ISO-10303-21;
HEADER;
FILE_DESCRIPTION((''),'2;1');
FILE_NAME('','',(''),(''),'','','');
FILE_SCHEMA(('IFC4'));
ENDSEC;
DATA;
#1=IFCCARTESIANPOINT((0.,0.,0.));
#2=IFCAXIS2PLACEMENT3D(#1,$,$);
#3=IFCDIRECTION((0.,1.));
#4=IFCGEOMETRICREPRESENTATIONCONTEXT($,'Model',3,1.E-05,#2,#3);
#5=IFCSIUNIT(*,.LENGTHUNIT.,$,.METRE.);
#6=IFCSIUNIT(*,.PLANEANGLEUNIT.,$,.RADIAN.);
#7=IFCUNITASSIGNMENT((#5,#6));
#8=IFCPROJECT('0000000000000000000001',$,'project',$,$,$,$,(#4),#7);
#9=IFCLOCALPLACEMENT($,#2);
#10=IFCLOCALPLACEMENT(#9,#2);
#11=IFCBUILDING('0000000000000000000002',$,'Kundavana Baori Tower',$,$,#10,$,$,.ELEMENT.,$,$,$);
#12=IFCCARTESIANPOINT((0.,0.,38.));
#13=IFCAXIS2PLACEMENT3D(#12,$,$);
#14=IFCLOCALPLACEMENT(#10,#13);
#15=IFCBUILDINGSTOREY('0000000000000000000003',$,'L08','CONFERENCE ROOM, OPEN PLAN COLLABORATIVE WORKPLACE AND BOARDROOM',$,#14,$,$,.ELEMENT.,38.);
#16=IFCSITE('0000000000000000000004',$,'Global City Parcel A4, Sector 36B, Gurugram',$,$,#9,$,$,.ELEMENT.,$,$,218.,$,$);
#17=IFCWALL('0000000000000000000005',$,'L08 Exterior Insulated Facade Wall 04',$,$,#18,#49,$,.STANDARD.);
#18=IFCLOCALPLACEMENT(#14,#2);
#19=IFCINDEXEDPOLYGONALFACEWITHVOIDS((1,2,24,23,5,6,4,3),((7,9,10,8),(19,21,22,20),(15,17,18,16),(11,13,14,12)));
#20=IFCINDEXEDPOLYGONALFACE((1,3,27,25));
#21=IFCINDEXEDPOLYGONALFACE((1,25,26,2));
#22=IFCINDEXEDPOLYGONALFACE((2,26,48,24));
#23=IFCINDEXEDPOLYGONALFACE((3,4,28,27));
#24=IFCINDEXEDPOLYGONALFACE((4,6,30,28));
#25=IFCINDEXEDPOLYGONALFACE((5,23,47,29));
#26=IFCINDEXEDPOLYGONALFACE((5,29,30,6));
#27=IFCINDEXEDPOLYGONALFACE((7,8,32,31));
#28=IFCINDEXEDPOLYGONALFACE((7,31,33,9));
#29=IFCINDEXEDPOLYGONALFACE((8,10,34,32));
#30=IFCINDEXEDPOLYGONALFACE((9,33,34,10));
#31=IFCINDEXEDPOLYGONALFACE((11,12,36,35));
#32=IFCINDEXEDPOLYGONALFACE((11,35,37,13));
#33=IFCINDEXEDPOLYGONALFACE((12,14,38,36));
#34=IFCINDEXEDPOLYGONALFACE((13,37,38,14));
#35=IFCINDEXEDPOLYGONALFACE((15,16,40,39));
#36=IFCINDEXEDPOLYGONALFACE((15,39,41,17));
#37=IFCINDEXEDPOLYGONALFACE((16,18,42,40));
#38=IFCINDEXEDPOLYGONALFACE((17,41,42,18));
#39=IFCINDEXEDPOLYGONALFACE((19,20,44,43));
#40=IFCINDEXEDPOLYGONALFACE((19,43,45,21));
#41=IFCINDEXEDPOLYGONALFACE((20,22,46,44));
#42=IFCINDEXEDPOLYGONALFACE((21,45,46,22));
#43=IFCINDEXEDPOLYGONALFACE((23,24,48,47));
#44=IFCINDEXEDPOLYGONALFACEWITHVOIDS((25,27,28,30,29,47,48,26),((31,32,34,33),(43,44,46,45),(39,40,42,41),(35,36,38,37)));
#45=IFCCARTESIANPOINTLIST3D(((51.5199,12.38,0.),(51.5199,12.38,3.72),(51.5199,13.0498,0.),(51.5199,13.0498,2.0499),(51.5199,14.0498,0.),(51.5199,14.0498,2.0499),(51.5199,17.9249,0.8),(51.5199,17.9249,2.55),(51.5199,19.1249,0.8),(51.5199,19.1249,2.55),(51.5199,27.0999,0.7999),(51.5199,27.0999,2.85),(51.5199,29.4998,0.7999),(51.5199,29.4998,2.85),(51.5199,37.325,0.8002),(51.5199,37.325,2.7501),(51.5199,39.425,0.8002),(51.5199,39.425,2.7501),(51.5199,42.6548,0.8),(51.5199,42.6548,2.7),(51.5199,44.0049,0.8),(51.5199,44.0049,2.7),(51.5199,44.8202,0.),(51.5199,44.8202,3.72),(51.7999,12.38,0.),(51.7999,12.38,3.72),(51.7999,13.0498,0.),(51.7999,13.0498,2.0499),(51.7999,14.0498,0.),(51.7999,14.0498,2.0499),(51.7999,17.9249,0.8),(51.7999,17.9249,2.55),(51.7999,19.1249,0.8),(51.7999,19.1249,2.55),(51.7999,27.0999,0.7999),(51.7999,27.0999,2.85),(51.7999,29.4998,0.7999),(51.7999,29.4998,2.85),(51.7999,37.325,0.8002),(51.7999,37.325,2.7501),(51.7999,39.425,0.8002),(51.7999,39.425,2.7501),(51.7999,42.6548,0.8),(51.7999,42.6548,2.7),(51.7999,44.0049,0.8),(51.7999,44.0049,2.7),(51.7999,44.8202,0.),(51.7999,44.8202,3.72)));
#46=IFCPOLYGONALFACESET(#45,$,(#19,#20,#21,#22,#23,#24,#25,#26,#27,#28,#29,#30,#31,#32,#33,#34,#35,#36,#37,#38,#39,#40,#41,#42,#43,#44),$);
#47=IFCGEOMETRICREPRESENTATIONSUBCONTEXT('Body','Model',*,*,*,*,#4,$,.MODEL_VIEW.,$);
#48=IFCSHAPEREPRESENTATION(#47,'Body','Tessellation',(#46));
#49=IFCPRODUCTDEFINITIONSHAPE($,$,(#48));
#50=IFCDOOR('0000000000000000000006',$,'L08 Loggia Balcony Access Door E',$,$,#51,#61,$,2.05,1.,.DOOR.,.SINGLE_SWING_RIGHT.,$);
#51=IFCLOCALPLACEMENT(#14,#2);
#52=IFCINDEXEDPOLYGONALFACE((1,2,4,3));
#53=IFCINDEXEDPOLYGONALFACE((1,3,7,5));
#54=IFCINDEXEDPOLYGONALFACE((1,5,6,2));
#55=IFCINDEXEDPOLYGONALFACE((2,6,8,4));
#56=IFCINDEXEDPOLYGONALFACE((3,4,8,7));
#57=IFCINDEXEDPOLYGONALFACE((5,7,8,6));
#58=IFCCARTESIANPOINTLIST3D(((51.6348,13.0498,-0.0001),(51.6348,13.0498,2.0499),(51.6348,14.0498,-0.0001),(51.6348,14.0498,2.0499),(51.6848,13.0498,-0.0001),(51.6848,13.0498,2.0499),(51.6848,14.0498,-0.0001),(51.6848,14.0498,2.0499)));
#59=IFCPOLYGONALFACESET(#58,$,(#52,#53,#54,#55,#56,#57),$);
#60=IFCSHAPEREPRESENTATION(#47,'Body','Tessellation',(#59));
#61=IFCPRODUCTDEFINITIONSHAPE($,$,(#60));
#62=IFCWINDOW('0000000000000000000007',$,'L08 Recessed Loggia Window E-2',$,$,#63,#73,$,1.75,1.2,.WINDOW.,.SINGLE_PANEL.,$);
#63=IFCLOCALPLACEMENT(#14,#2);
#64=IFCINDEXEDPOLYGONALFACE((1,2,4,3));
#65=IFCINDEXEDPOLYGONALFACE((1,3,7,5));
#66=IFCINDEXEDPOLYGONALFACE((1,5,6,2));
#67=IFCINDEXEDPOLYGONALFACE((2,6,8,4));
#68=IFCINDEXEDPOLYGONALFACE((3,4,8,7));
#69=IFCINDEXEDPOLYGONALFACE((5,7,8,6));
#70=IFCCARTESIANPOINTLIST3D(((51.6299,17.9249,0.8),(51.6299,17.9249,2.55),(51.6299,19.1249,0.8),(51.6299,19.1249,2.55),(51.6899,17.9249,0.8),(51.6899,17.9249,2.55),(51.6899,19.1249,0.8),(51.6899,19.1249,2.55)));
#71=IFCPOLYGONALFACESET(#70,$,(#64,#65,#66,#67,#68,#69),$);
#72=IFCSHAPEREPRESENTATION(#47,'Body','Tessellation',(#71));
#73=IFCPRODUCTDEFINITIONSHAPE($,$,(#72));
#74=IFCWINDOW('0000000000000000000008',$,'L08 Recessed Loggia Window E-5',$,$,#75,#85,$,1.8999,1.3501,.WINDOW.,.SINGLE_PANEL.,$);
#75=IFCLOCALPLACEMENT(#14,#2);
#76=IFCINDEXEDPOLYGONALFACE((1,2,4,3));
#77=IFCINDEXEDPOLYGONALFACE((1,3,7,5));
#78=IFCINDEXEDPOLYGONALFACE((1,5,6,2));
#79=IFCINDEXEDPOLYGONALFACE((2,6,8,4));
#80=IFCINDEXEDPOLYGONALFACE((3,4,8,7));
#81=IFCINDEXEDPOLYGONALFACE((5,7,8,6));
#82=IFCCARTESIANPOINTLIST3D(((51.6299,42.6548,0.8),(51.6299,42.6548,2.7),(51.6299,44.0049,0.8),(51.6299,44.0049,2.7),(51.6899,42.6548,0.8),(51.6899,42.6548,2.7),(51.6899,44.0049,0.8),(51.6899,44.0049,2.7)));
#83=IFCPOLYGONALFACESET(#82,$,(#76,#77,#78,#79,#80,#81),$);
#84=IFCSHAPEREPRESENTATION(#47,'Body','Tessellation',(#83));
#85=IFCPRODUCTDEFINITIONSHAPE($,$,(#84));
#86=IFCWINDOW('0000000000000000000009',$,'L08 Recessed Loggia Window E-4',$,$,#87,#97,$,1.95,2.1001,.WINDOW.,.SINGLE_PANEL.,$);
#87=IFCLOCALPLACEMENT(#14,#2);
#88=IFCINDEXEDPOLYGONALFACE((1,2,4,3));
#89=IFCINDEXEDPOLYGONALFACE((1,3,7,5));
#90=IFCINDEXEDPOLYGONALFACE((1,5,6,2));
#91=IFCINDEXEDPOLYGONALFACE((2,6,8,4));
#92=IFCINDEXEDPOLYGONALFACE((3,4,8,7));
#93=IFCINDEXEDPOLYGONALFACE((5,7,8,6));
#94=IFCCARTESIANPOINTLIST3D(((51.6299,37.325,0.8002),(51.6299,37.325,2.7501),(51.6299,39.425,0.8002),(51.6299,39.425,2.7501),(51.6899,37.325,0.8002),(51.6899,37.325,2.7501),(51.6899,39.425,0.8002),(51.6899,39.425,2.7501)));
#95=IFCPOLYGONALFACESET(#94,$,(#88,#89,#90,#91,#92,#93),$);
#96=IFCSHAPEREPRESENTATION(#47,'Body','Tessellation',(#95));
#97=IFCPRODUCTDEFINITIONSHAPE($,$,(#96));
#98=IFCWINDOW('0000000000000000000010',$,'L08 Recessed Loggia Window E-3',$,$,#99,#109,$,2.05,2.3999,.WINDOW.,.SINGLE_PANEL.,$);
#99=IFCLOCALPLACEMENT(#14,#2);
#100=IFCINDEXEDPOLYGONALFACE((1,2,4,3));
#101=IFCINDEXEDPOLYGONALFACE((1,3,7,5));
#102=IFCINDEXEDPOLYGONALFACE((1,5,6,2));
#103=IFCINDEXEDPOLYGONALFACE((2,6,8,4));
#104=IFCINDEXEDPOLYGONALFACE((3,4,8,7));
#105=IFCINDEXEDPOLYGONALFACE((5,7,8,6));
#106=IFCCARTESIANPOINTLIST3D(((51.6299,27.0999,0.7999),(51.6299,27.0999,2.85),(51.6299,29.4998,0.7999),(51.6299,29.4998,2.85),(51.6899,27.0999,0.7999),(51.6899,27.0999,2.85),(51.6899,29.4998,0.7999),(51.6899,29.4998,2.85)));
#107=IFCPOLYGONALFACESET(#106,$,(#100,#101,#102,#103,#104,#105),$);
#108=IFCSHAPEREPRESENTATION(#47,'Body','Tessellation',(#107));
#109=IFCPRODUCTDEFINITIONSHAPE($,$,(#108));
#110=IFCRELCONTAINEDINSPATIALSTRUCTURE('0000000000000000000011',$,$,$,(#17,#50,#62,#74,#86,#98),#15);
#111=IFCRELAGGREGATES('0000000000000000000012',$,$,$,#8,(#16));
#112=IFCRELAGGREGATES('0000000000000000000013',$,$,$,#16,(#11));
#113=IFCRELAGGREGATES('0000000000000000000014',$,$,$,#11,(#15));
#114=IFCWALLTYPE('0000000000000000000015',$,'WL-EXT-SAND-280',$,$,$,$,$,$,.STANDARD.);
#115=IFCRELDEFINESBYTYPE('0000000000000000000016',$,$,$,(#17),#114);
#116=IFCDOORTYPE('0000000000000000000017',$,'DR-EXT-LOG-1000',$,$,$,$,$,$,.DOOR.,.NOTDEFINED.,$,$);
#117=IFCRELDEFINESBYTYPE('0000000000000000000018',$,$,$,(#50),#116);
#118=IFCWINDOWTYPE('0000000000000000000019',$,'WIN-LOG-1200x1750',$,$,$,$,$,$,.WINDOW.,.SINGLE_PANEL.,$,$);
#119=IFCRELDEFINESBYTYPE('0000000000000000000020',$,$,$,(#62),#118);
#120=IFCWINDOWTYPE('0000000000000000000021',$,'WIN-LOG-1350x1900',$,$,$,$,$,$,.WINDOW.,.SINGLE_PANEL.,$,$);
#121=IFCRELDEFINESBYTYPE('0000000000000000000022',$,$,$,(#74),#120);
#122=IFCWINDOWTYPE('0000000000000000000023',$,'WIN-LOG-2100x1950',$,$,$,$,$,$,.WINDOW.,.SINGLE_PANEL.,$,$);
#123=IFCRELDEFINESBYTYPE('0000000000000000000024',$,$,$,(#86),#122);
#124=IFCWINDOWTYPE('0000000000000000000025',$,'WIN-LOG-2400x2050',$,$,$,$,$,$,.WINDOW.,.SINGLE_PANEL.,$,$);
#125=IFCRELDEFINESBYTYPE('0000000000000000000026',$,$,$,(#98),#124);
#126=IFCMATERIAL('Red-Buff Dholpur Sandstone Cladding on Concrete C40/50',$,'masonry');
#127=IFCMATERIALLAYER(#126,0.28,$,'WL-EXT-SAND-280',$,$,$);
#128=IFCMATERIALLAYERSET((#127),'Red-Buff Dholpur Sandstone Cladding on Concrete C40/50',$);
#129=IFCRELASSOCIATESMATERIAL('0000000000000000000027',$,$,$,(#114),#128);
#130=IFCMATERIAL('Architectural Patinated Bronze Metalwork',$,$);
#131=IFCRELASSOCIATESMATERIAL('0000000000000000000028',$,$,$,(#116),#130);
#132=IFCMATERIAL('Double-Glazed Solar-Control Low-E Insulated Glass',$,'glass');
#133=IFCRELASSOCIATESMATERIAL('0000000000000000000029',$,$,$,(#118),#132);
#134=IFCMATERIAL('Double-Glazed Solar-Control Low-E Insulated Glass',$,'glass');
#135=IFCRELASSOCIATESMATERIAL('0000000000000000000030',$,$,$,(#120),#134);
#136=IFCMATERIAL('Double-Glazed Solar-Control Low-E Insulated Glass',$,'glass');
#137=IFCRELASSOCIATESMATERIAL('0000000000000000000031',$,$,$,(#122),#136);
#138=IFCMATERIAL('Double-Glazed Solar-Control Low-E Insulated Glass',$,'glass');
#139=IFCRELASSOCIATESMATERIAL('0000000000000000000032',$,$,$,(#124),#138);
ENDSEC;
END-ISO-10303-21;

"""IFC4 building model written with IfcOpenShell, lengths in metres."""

from ifc_helpers import new_model, si_unit, direction, frame, frame_2d, origin, place, context, subcontext, project, spatial, rectangle, extrude, material, layer, layer_set, type_object, element, fill, save


model = new_model("IFC4")

# Units and contexts
model_context = context("Model", 3, precision=1e-05, world=origin(), true_north=direction((0.0, 1.0)))
body_context = subcontext(model_context, "Body", "Model", "MODEL_VIEW")
ifc_project = project(units=[si_unit("LENGTHUNIT", "METRE"), si_unit("PLANEANGLEUNIT", "RADIAN")], contexts=[model_context])

# Site, building, storey
site_placement = place(None, origin())
site = spatial("IfcSite", under=ifc_project, at=site_placement, Name="Global City Parcel A4, Sector 36B, Gurugram", CompositionType="ELEMENT", RefElevation=218.0)
building_placement = place(site_placement, origin())
building = spatial("IfcBuilding", under=site, at=building_placement, Name="Kundavana Baori Tower", CompositionType="ELEMENT")
storey_placement = place(building_placement, frame((0.0, 0.0, 38.0)))
storey = spatial("IfcBuildingStorey", under=building, at=storey_placement, Name="L08", Description="CONFERENCE ROOM, OPEN PLAN COLLABORATIVE WORKPLACE AND BOARDROOM", CompositionType="ELEMENT", Elevation=38.0)

# Shared definitions
ifc_material_1 = material(Name="Red-Buff Dholpur Sandstone Cladding on Concrete C40/50", Category="masonry")
ifc_layer_1 = layer(ifc_material_1, 0.28, Name="WL-EXT-SAND-280")
ifc_layer_set_1 = layer_set([ifc_layer_1], Name="Red-Buff Dholpur Sandstone Cladding on Concrete C40/50")
wall_type_1 = type_object("IfcWallType", Name="WL-EXT-SAND-280", PredefinedType="STANDARD", material=ifc_layer_set_1)

# Wall, openings, door, windows
wall_1_placement = place(storey_placement, frame((51.6599, 12.3799, 0.0), z_axis=(0.0, 0.0, 1.0), x_axis=(0.0, 1.0, 0.0)))
wall_1 = element("IfcWall", 1, at=wall_1_placement, inside=storey, type_object=wall_type_1, Name="L08 Exterior Insulated Facade Wall 04", PredefinedType="STANDARD", context=body_context, shape_type="SweptSolid", body=[
    extrude(rectangle(XDim=32.4402, YDim=0.28, at=frame_2d((16.2202, 0.0))), origin(), (0.0, 0.0, 1.0), 3.72),
])
opening_1_placement = place(wall_1_placement, frame((0.6699, 0.0, 0.0)))
opening_1 = element("IfcOpeningElement", 2, at=opening_1_placement, cuts=wall_1, PredefinedType="OPENING", context=body_context, shape_type="SweptSolid", body=[
    extrude(rectangle(XDim=1.0, YDim=2.05, at=frame_2d((0.5, 1.0249))), frame((0.0, 0.1499, 0.0), z_axis=(0.0, -1.0, 0.0), x_axis=(1.0, 0.0, 0.0)), (0.0, 0.0, 1.0), 0.3),
])
opening_2_placement = place(wall_1_placement, frame((5.5449, 0.0, 0.8)))
opening_2 = element("IfcOpeningElement", 3, at=opening_2_placement, cuts=wall_1, PredefinedType="OPENING", context=body_context, shape_type="SweptSolid", body=[
    extrude(rectangle(XDim=1.2, YDim=1.75, at=frame_2d((0.6001, 0.875))), frame((0.0, 0.1499, 0.0), z_axis=(0.0, -1.0, 0.0), x_axis=(1.0, 0.0, 0.0)), (0.0, 0.0, 1.0), 0.3),
])
opening_3_placement = place(wall_1_placement, frame((14.72, 0.0, 0.8)))
opening_3 = element("IfcOpeningElement", 4, at=opening_3_placement, cuts=wall_1, PredefinedType="OPENING", context=body_context, shape_type="SweptSolid", body=[
    extrude(rectangle(XDim=2.3999, YDim=2.05, at=frame_2d((1.2, 1.0249))), frame((0.0, 0.1499, 0.0), z_axis=(0.0, -1.0, 0.0), x_axis=(1.0, 0.0, 0.0)), (0.0, 0.0, 1.0), 0.3),
])
opening_4_placement = place(wall_1_placement, frame((24.9451, 0.0, 0.8)))
opening_4 = element("IfcOpeningElement", 5, at=opening_4_placement, cuts=wall_1, PredefinedType="OPENING", context=body_context, shape_type="SweptSolid", body=[
    extrude(rectangle(XDim=2.1001, YDim=1.95, at=frame_2d((1.05, 0.9751))), frame((0.0, 0.1499, 0.0), z_axis=(0.0, -1.0, 0.0), x_axis=(1.0, 0.0, 0.0)), (0.0, 0.0, 1.0), 0.3),
])
opening_5_placement = place(wall_1_placement, frame((30.2749, 0.0, 0.8)))
opening_5 = element("IfcOpeningElement", 6, at=opening_5_placement, cuts=wall_1, PredefinedType="OPENING", context=body_context, shape_type="SweptSolid", body=[
    extrude(rectangle(XDim=1.3501, YDim=1.8999, at=frame_2d((0.675, 0.95))), frame((0.0, 0.1499, 0.0), z_axis=(0.0, -1.0, 0.0), x_axis=(1.0, 0.0, 0.0)), (0.0, 0.0, 1.0), 0.3),
])
ifc_material_2 = material(Name="Architectural Patinated Bronze Metalwork")
door_type_1 = type_object("IfcDoorType", Name="DR-EXT-LOG-1000", OperationType="NOTDEFINED", PredefinedType="DOOR", material=ifc_material_2)
door_1_placement = place(opening_1_placement, frame((1.0, 0.0, 0.0), z_axis=(0.0, 0.0, 1.0), x_axis=(-1.0, 0.0, 0.0)))
door_1 = element("IfcDoor", 7, at=door_1_placement, inside=storey, type_object=door_type_1, Name="L08 Loggia Balcony Access Door E", OperationType="SINGLE_SWING_RIGHT", OverallHeight=2.05, OverallWidth=1.0, PredefinedType="DOOR", context=body_context, shape_type="SweptSolid", body=[
    extrude(rectangle(XDim=1.0, YDim=2.05, at=frame_2d((0.5, 1.0249))), frame((0.0, 0.0249, 0.0), z_axis=(0.0, -1.0, 0.0), x_axis=(1.0, 0.0, 0.0)), (0.0, 0.0, 1.0), 0.05),
])
fill(opening_1, door_1)
ifc_material_3 = material(Name="Double-Glazed Solar-Control Low-E Insulated Glass", Category="glass")
window_type_1 = type_object("IfcWindowType", Name="WIN-LOG-1200x1750", PartitioningType="SINGLE_PANEL", PredefinedType="WINDOW", material=ifc_material_3)
window_1_placement = place(opening_2_placement, origin())
window_1 = element("IfcWindow", 8, at=window_1_placement, inside=storey, type_object=window_type_1, Name="L08 Recessed Loggia Window E-2", OverallHeight=1.75, OverallWidth=1.2, PartitioningType="SINGLE_PANEL", PredefinedType="WINDOW", context=body_context, shape_type="SweptSolid", body=[
    extrude(rectangle(XDim=1.2, YDim=1.75, at=frame_2d((0.6001, 0.875))), frame((0.0, 0.03, 0.0), z_axis=(0.0, -1.0, 0.0), x_axis=(1.0, 0.0, 0.0)), (0.0, 0.0, 1.0), 0.0601),
])
fill(opening_2, window_1)
ifc_material_4 = material(Name="Double-Glazed Solar-Control Low-E Insulated Glass", Category="glass")
window_type_2 = type_object("IfcWindowType", Name="WIN-LOG-1350x1900", PartitioningType="SINGLE_PANEL", PredefinedType="WINDOW", material=ifc_material_4)
window_2_placement = place(opening_5_placement, origin())
window_2 = element("IfcWindow", 9, at=window_2_placement, inside=storey, type_object=window_type_2, Name="L08 Recessed Loggia Window E-5", OverallHeight=1.8999, OverallWidth=1.3501, PartitioningType="SINGLE_PANEL", PredefinedType="WINDOW", context=body_context, shape_type="SweptSolid", body=[
    extrude(rectangle(XDim=1.3501, YDim=1.8999, at=frame_2d((0.675, 0.95))), frame((0.0, 0.03, 0.0), z_axis=(0.0, -1.0, 0.0), x_axis=(1.0, 0.0, 0.0)), (0.0, 0.0, 1.0), 0.0601),
])
fill(opening_5, window_2)
ifc_material_5 = material(Name="Double-Glazed Solar-Control Low-E Insulated Glass", Category="glass")
window_type_3 = type_object("IfcWindowType", Name="WIN-LOG-2100x1950", PartitioningType="SINGLE_PANEL", PredefinedType="WINDOW", material=ifc_material_5)
window_3_placement = place(opening_4_placement, origin())
window_3 = element("IfcWindow", 10, at=window_3_placement, inside=storey, type_object=window_type_3, Name="L08 Recessed Loggia Window E-4", OverallHeight=1.95, OverallWidth=2.1001, PartitioningType="SINGLE_PANEL", PredefinedType="WINDOW", context=body_context, shape_type="SweptSolid", body=[
    extrude(rectangle(XDim=2.1001, YDim=1.95, at=frame_2d((1.05, 0.9751))), frame((0.0, 0.03, 0.0), z_axis=(0.0, -1.0, 0.0), x_axis=(1.0, 0.0, 0.0)), (0.0, 0.0, 1.0), 0.0601),
])
fill(opening_4, window_3)
ifc_material_6 = material(Name="Double-Glazed Solar-Control Low-E Insulated Glass", Category="glass")
window_type_4 = type_object("IfcWindowType", Name="WIN-LOG-2400x2050", PartitioningType="SINGLE_PANEL", PredefinedType="WINDOW", material=ifc_material_6)
window_4_placement = place(opening_3_placement, origin())
window_4 = element("IfcWindow", 11, at=window_4_placement, inside=storey, type_object=window_type_4, Name="L08 Recessed Loggia Window E-3", OverallHeight=2.05, OverallWidth=2.3999, PartitioningType="SINGLE_PANEL", PredefinedType="WINDOW", context=body_context, shape_type="SweptSolid", body=[
    extrude(rectangle(XDim=2.3999, YDim=2.05, at=frame_2d((1.2, 1.0249))), frame((0.0, 0.03, 0.0), z_axis=(0.0, -1.0, 0.0), x_axis=(1.0, 0.0, 0.0)), (0.0, 0.0, 1.0), 0.0601),
])
fill(opening_3, window_4)

save(model, "model.ifc")
